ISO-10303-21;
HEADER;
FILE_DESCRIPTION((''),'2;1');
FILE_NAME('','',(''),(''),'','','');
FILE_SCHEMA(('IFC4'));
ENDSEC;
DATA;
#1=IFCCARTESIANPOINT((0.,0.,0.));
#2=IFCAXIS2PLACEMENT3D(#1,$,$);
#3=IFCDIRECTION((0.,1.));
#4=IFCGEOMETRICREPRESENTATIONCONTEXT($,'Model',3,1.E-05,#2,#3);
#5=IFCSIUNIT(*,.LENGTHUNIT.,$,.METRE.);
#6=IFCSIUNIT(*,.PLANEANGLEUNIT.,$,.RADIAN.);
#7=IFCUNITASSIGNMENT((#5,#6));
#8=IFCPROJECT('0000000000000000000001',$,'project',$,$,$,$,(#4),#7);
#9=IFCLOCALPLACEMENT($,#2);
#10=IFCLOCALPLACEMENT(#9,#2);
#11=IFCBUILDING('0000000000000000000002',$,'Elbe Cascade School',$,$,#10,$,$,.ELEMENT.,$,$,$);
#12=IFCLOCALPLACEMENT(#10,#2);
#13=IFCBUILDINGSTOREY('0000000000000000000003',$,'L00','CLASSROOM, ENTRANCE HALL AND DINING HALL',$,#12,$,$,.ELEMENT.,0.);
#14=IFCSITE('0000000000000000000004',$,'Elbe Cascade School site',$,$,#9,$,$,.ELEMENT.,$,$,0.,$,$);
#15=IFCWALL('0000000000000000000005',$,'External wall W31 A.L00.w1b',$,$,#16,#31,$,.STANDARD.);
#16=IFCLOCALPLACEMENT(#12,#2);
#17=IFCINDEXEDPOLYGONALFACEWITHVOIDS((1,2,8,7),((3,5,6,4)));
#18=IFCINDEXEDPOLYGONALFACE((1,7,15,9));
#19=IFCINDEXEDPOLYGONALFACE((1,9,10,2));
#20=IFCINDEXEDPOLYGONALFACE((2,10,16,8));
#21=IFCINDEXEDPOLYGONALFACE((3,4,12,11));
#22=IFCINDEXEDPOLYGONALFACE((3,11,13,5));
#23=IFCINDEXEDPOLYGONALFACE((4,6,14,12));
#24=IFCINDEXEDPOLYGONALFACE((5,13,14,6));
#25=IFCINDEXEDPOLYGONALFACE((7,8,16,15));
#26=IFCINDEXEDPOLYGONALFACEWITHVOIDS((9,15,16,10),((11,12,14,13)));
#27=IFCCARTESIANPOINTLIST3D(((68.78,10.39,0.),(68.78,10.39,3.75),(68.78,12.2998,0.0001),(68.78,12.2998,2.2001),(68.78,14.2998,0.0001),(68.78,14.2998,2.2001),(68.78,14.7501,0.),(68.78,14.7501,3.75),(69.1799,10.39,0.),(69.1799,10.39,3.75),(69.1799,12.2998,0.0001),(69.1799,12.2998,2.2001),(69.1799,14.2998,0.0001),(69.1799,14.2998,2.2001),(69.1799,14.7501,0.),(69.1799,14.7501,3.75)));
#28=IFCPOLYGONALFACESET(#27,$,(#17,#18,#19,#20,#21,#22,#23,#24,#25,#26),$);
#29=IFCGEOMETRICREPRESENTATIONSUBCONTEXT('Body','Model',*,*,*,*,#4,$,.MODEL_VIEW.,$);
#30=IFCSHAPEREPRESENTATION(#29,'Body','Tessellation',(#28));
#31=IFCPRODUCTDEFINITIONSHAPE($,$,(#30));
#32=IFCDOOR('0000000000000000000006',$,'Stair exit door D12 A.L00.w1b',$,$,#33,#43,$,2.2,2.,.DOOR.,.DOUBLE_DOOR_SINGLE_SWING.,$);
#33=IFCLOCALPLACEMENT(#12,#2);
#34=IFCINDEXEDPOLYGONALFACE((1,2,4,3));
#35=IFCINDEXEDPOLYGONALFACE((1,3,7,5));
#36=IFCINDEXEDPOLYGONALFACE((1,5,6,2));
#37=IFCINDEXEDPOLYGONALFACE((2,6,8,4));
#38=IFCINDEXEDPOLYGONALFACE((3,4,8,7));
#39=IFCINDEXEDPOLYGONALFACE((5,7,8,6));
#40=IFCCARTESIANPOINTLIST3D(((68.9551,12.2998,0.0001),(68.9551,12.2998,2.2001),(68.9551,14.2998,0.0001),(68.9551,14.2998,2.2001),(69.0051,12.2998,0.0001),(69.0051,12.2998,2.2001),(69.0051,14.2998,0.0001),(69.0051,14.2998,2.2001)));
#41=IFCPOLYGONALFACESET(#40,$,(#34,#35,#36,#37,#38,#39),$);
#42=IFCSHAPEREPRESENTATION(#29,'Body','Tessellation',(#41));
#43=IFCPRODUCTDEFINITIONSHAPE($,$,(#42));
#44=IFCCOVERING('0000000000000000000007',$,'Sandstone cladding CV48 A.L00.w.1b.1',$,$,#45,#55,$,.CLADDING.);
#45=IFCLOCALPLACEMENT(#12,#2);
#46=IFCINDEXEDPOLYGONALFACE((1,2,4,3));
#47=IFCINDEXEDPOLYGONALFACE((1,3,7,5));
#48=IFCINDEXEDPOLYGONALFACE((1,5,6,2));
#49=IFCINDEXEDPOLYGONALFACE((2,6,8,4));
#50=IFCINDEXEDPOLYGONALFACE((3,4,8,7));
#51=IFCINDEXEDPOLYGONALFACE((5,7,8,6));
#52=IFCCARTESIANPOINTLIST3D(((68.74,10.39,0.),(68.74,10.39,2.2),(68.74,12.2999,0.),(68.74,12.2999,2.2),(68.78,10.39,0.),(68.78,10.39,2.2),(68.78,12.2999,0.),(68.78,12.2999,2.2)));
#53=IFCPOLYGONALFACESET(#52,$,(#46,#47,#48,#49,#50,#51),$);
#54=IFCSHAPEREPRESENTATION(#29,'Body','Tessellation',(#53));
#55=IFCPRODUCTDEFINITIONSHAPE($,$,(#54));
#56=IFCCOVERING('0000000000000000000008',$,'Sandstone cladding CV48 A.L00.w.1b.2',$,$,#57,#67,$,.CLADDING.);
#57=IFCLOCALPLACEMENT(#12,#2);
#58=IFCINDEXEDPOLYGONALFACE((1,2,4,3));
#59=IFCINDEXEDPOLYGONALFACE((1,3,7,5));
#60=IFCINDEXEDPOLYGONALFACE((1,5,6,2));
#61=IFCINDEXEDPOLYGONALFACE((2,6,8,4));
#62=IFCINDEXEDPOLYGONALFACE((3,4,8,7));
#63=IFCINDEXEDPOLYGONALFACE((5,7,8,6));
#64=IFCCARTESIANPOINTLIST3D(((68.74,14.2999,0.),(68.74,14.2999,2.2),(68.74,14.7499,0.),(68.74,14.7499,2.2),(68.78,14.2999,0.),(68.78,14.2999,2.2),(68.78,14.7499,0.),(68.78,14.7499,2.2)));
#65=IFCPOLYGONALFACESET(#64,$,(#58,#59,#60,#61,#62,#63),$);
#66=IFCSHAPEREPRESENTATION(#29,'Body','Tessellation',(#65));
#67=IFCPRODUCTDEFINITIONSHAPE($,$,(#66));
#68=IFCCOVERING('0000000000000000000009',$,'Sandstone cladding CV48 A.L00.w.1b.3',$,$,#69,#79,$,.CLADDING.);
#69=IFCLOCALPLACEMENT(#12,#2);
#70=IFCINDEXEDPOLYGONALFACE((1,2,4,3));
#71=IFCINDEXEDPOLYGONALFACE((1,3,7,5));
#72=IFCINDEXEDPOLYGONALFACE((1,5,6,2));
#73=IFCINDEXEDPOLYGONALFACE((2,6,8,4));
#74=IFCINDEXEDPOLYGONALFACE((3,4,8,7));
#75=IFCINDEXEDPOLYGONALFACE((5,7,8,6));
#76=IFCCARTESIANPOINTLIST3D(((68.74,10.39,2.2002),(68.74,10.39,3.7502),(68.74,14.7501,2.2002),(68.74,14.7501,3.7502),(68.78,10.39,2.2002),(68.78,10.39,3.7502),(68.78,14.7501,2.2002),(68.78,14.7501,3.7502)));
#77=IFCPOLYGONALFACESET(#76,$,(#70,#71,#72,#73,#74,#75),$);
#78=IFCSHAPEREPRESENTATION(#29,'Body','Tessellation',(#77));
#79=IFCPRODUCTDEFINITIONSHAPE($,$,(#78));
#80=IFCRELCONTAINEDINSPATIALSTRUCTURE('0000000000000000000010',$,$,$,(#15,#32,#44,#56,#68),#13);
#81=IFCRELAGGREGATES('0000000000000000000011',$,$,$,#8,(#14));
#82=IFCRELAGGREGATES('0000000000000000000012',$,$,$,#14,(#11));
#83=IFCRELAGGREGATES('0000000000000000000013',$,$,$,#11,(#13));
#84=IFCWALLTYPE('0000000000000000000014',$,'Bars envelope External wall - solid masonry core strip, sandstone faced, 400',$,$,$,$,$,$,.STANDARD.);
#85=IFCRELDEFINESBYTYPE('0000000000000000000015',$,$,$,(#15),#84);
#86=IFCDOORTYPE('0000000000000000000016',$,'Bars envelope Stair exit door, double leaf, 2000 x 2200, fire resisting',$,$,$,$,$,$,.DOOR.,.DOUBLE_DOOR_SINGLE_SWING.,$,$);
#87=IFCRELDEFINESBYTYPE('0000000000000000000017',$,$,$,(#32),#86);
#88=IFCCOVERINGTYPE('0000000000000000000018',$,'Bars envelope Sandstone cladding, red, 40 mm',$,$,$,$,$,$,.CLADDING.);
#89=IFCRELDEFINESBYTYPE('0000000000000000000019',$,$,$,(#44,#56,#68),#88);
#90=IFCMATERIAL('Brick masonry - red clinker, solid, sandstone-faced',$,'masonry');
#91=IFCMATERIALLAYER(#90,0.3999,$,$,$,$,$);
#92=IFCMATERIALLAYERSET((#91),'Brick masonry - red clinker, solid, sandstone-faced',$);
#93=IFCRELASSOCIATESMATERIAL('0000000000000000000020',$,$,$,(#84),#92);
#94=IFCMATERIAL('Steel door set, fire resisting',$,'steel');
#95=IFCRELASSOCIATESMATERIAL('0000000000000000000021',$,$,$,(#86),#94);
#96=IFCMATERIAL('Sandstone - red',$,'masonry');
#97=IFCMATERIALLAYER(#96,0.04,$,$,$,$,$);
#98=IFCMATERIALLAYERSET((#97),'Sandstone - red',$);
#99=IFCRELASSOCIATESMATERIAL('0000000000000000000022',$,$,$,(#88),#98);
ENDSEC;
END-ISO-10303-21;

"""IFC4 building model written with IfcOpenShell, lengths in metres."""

from ifc_helpers import new_model, si_unit, direction, frame, frame_2d, origin, origin_2d, place, context, subcontext, project, spatial, rectangle, extrude, material, layer, layer_set, type_object, element, fill, save


model = new_model("IFC4")

# Units and contexts
model_context = context("Model", 3, precision=1e-05, world=origin(), true_north=direction((0.0, 1.0)))
body_context = subcontext(model_context, "Body", "Model", "MODEL_VIEW")
ifc_project = project(units=[si_unit("LENGTHUNIT", "METRE"), si_unit("PLANEANGLEUNIT", "RADIAN")], contexts=[model_context])

# Site, building, storey
site_placement = place(None, origin())
site = spatial("IfcSite", under=ifc_project, at=site_placement, Name="Elbe Cascade School site", CompositionType="ELEMENT", RefElevation=0.0)
building_placement = place(site_placement, origin())
building = spatial("IfcBuilding", under=site, at=building_placement, Name="Elbe Cascade School", CompositionType="ELEMENT")
storey_placement = place(building_placement, origin())
storey = spatial("IfcBuildingStorey", under=building, at=storey_placement, Name="L00", Description="CLASSROOM, ENTRANCE HALL AND DINING HALL", CompositionType="ELEMENT", Elevation=0.0)

# Wall, opening, door
ifc_material_1 = material(Name="Brick masonry - red clinker, solid, sandstone-faced", Category="masonry")
ifc_layer_1 = layer(ifc_material_1, 0.3999)
ifc_layer_set_1 = layer_set([ifc_layer_1], Name="Brick masonry - red clinker, solid, sandstone-faced")
wall_type = type_object("IfcWallType", Name="Bars envelope External wall - solid masonry core strip, sandstone faced, 400", PredefinedType="STANDARD", material=ifc_layer_set_1)
wall_placement = place(storey_placement, frame((68.98, 10.3899, 0.0), z_axis=(0.0, 0.0, 1.0), x_axis=(0.0, 1.0, 0.0)))
wall = element("IfcWall", 1, at=wall_placement, inside=storey, type_object=wall_type, Name="External wall W31 A.L00.w1b", PredefinedType="STANDARD", context=body_context, shape_type="SweptSolid", body=[
    extrude(rectangle(XDim=4.3601, YDim=0.3999, at=frame_2d((2.1802, 0.0))), origin(), (0.0, 0.0, 1.0), 3.75),
])
opening_placement = place(wall_placement, frame((1.9099, 0.0, 0.0)))
opening = element("IfcOpeningElement", 2, at=opening_placement, cuts=wall, PredefinedType="OPENING", context=body_context, shape_type="SweptSolid", body=[
    extrude(rectangle(XDim=2.0, YDim=2.2, at=frame_2d((1.0, 1.1001))), frame((0.0, 0.21, 0.0), z_axis=(0.0, -1.0, 0.0), x_axis=(1.0, 0.0, 0.0)), (0.0, 0.0, 1.0), 0.4199),
])
ifc_material_2 = material(Name="Steel door set, fire resisting", Category="steel")
door_type = type_object("IfcDoorType", Name="Bars envelope Stair exit door, double leaf, 2000 x 2200, fire resisting", OperationType="DOUBLE_DOOR_SINGLE_SWING", PredefinedType="DOOR", material=ifc_material_2)
door_placement = place(opening_placement, origin())
door = element("IfcDoor", 3, at=door_placement, inside=storey, type_object=door_type, Name="Stair exit door D12 A.L00.w1b", OperationType="DOUBLE_DOOR_SINGLE_SWING", OverallHeight=2.2, OverallWidth=2.0, PredefinedType="DOOR", context=body_context, shape_type="SweptSolid", body=[
    extrude(rectangle(XDim=2.0, YDim=2.2, at=frame_2d((1.0, 1.1001))), frame((0.0, 0.0249, 0.0), z_axis=(0.0, -1.0, 0.0), x_axis=(1.0, 0.0, 0.0)), (0.0, 0.0, 1.0), 0.05),
])
fill(opening, door)

# Coverings
ifc_material_3 = material(Name="Sandstone - red", Category="masonry")
ifc_layer_2 = layer(ifc_material_3, 0.04)
ifc_layer_set_2 = layer_set([ifc_layer_2], Name="Sandstone - red")
covering_type = type_object("IfcCoveringType", Name="Bars envelope Sandstone cladding, red, 40 mm", PredefinedType="CLADDING", material=ifc_layer_set_2)
covering_1_placement = place(storey_placement, frame((68.76, 11.345, 0.0), z_axis=(0.0, 0.0, 1.0), x_axis=(0.0, 1.0, 0.0)))
element("IfcCovering", 4, at=covering_1_placement, inside=storey, type_object=covering_type, Name="Sandstone cladding CV48 A.L00.w.1b.1", PredefinedType="CLADDING", context=body_context, shape_type="SweptSolid", body=[
    extrude(rectangle(XDim=1.9099, YDim=0.04, at=origin_2d()), origin(), (0.0, 0.0, 1.0), 2.2),
])
covering_2_placement = place(storey_placement, frame((68.76, 14.5249, 0.0), z_axis=(0.0, 0.0, 1.0), x_axis=(0.0, 1.0, 0.0)))
element("IfcCovering", 5, at=covering_2_placement, inside=storey, type_object=covering_type, Name="Sandstone cladding CV48 A.L00.w.1b.2", PredefinedType="CLADDING", context=body_context, shape_type="SweptSolid", body=[
    extrude(rectangle(XDim=0.45, YDim=0.04, at=origin_2d()), origin(), (0.0, 0.0, 1.0), 2.2),
])
covering_3_placement = place(storey_placement, frame((68.76, 12.5701, 2.2002), z_axis=(0.0, 0.0, 1.0), x_axis=(0.0, 1.0, 0.0)))
element("IfcCovering", 6, at=covering_3_placement, inside=storey, type_object=covering_type, Name="Sandstone cladding CV48 A.L00.w.1b.3", PredefinedType="CLADDING", context=body_context, shape_type="SweptSolid", body=[
    extrude(rectangle(XDim=4.3601, YDim=0.04, at=origin_2d()), origin(), (0.0, 0.0, 1.0), 1.55),
])

save(model, "model.ifc")
